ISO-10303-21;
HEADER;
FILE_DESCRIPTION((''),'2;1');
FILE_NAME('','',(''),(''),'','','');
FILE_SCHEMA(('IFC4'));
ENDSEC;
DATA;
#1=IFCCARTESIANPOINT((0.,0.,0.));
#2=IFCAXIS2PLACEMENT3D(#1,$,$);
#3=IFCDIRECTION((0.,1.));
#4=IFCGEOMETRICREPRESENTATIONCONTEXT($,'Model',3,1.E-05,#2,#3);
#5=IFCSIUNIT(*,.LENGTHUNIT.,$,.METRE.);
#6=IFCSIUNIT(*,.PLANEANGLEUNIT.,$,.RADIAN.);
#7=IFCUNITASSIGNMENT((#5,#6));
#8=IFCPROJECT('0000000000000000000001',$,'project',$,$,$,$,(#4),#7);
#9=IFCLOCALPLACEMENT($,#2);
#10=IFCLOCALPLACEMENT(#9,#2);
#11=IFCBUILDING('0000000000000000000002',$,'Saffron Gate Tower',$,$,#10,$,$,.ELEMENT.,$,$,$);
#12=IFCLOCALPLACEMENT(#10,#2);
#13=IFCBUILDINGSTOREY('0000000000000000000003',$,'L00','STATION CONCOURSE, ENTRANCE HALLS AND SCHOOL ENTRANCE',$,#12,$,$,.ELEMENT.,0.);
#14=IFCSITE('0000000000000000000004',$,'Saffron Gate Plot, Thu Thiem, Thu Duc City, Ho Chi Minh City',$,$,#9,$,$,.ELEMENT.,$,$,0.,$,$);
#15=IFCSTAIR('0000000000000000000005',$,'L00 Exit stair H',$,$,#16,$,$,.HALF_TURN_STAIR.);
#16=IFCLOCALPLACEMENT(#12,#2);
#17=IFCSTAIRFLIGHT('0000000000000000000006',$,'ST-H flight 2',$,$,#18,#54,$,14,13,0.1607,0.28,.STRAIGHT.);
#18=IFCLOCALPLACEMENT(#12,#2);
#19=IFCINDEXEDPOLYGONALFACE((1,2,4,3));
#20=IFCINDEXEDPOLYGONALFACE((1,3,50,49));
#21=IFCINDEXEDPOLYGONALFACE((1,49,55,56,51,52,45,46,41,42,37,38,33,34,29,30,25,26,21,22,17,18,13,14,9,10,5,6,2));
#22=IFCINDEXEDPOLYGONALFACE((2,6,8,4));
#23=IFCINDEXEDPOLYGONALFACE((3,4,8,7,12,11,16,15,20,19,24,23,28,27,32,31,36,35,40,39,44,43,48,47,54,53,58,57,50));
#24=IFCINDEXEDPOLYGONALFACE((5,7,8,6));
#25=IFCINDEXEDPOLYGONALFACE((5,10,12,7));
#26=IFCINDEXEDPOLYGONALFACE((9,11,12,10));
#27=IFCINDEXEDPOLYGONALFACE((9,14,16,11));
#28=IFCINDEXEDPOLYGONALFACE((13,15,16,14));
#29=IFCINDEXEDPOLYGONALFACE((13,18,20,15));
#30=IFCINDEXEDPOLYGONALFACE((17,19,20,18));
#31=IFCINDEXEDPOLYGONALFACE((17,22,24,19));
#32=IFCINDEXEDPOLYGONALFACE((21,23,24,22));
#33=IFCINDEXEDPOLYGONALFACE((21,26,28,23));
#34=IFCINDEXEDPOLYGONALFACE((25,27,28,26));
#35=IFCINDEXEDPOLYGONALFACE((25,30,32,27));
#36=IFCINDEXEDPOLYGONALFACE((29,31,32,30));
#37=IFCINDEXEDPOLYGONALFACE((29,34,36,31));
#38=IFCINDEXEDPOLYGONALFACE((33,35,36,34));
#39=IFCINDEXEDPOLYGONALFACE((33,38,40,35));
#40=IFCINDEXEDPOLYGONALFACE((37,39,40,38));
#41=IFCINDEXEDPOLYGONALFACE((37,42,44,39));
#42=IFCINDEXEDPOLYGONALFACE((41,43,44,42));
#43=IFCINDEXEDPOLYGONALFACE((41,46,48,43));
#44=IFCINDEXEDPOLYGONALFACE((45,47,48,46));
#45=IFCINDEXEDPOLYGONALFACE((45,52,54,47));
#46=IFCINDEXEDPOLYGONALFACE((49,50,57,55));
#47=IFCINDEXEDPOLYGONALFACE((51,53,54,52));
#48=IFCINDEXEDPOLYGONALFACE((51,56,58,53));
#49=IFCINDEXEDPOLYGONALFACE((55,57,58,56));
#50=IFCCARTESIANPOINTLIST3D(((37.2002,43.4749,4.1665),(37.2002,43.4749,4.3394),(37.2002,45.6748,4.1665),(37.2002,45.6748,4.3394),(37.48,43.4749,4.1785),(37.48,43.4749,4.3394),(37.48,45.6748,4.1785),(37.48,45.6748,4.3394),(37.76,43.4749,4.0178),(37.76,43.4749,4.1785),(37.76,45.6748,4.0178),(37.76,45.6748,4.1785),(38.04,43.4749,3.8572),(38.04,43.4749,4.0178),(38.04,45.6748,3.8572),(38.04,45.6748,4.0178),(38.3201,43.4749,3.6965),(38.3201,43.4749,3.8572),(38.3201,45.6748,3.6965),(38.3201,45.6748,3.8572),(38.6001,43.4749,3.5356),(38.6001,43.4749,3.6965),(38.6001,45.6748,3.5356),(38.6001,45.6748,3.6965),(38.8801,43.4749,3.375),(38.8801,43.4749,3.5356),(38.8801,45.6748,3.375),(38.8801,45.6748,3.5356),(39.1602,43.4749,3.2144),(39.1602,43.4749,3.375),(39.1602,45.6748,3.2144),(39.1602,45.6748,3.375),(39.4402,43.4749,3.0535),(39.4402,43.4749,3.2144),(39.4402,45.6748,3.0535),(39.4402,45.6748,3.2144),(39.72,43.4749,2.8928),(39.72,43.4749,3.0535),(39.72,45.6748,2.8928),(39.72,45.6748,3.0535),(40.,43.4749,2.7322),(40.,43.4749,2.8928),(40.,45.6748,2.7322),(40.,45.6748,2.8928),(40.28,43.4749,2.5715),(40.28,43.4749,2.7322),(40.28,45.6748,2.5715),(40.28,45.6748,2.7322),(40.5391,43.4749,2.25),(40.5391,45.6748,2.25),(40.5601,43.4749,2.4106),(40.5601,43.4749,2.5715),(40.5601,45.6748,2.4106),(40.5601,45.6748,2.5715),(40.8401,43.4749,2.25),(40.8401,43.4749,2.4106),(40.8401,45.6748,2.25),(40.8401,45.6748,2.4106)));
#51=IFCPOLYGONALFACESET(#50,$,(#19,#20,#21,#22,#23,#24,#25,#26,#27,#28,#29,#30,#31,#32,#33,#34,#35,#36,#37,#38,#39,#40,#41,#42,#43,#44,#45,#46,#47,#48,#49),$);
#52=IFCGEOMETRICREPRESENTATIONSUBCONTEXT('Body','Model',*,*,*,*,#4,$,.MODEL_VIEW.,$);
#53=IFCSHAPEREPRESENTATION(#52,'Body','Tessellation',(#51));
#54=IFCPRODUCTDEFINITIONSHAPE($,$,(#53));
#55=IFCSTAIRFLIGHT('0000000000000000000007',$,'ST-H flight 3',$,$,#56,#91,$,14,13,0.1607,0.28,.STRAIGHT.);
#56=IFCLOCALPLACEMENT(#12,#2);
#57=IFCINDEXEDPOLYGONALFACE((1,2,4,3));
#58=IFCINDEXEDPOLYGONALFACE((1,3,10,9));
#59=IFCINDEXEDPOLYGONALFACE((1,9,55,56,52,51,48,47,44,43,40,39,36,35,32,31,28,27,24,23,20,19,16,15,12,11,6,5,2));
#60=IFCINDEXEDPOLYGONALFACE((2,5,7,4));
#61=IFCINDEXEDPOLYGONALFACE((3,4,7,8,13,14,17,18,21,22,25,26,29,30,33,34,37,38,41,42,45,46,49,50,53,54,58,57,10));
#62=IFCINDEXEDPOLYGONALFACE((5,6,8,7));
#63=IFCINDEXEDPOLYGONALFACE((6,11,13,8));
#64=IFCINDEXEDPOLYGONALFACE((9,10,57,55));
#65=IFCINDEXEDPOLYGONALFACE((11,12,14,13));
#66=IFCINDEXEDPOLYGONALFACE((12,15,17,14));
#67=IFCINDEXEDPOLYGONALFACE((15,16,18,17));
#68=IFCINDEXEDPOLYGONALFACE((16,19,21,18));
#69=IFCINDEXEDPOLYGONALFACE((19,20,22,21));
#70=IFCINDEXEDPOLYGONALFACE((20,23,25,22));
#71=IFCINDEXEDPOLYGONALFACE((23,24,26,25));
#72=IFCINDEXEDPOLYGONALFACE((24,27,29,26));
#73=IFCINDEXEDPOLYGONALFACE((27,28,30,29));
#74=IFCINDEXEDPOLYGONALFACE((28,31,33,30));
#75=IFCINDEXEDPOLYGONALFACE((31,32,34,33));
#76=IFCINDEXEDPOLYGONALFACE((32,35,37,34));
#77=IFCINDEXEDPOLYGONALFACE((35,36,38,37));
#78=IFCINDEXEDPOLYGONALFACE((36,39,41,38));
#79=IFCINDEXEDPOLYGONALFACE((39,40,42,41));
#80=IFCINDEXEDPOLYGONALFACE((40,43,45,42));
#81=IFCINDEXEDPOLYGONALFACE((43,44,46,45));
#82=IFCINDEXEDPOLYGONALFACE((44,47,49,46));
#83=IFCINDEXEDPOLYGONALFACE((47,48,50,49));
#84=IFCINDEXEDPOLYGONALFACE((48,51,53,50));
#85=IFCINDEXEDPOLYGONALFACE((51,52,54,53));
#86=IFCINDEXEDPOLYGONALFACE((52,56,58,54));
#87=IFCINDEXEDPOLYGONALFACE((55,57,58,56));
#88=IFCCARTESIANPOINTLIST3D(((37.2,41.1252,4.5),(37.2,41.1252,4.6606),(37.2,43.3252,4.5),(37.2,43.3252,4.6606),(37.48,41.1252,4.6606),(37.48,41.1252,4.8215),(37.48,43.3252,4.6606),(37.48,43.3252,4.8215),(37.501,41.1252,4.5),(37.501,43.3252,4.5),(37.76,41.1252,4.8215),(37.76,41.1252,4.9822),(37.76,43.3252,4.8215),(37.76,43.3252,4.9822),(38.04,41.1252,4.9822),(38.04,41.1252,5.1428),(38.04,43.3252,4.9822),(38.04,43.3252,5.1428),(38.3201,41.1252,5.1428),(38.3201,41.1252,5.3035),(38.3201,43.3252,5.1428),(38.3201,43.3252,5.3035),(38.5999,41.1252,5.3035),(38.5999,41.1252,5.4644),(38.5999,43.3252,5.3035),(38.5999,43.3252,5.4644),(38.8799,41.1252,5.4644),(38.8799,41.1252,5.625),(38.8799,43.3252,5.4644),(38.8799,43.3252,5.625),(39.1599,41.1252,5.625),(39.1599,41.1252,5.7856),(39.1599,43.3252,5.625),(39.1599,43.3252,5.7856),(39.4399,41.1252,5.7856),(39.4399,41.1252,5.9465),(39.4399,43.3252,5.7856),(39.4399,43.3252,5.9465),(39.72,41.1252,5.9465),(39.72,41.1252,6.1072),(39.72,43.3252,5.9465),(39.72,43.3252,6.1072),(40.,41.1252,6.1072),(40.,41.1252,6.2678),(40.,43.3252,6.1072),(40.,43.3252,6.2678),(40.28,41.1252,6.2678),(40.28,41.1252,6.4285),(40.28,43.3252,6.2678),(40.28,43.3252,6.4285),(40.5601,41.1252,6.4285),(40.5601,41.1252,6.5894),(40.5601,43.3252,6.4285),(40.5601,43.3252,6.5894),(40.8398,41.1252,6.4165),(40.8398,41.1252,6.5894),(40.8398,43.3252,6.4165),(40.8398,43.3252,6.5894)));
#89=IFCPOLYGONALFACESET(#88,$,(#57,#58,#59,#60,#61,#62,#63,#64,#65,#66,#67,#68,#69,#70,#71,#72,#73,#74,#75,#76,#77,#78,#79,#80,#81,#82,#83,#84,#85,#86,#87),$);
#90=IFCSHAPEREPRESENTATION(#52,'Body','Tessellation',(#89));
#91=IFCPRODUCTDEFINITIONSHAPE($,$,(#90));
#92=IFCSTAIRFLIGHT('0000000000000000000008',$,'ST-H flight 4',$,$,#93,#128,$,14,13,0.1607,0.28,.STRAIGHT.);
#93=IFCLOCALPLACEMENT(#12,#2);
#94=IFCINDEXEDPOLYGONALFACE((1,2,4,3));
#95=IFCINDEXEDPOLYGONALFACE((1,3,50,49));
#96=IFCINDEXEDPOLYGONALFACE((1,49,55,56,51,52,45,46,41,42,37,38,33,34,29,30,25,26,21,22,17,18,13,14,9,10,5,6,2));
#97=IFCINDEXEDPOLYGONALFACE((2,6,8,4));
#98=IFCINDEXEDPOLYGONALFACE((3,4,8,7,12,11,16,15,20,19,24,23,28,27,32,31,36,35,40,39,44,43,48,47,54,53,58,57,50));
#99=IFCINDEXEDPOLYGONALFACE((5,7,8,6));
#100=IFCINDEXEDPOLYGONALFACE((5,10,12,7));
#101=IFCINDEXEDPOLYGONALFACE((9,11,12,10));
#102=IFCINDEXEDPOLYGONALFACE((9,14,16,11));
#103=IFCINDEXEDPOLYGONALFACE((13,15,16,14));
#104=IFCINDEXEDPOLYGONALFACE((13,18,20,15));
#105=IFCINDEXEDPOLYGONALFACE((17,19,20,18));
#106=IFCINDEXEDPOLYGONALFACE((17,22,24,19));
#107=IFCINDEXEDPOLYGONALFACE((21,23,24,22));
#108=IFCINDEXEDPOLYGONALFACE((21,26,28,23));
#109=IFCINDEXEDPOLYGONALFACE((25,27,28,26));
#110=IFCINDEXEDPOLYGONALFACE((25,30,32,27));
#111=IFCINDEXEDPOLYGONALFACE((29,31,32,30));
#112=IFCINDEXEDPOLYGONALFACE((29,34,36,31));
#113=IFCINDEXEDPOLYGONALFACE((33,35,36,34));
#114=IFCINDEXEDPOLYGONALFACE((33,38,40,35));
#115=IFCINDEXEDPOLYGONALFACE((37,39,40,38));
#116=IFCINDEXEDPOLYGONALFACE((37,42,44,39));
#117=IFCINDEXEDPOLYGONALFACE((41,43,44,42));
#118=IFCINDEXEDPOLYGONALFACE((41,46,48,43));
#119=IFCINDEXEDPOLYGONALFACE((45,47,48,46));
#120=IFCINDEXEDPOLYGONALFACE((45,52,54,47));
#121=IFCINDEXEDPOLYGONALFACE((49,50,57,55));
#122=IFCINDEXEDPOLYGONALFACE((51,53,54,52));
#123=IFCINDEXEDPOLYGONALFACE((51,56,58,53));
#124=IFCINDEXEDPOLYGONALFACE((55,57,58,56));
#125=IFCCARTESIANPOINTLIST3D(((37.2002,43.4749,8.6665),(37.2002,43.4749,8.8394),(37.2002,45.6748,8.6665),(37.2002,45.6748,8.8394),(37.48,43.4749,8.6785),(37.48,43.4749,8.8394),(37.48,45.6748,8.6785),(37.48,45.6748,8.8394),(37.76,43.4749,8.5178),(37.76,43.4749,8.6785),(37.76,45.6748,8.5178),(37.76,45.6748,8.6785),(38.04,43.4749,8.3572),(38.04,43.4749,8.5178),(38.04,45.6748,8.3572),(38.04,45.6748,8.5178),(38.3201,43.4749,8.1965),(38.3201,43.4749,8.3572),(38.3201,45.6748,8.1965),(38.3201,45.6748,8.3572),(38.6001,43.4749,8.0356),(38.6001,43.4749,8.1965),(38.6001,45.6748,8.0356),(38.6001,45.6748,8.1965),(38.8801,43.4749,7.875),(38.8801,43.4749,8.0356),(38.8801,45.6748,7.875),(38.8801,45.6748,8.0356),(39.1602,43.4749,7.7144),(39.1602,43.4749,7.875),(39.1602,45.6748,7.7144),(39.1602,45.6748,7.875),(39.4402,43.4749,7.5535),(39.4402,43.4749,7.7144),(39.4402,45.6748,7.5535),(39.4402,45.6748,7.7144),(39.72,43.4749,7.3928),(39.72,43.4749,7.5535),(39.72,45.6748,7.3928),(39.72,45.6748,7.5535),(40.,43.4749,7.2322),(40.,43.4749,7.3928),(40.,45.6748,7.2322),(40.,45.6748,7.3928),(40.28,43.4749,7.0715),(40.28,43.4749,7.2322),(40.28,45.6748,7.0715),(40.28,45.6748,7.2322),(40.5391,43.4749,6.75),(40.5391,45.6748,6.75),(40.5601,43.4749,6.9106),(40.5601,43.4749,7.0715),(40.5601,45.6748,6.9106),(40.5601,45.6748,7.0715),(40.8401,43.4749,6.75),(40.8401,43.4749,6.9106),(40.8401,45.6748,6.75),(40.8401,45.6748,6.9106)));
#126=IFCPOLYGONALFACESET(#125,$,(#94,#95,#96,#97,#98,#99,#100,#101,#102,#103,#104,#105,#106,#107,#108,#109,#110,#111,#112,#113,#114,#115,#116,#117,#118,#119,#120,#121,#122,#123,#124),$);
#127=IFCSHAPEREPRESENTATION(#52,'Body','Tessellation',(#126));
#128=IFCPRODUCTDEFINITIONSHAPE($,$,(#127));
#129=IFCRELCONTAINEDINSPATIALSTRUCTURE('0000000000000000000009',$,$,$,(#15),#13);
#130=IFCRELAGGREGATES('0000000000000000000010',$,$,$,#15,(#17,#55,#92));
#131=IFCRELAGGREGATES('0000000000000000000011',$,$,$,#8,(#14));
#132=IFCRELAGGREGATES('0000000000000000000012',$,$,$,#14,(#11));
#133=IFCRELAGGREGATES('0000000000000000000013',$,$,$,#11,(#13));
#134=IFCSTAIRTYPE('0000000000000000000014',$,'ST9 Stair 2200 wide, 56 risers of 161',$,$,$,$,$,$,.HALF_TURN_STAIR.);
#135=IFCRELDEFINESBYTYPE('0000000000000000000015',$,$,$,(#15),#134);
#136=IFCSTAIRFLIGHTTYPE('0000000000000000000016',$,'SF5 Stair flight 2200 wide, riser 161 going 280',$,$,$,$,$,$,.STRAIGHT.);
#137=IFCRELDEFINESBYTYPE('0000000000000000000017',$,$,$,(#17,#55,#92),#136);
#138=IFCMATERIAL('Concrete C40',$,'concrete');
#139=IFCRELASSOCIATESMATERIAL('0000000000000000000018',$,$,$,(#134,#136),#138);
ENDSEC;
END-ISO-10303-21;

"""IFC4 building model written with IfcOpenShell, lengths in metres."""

from ifc_helpers import new_model, si_unit, direction, frame, origin, place, context, subcontext, project, spatial, polyline, outline, extrude, material, type_object, element, aggregate, save


model = new_model("IFC4")

# Units and contexts
model_context = context("Model", 3, precision=1e-05, world=origin(), true_north=direction((0.0, 1.0)))
body_context = subcontext(model_context, "Body", "Model", "MODEL_VIEW")
ifc_project = project(units=[si_unit("LENGTHUNIT", "METRE"), si_unit("PLANEANGLEUNIT", "RADIAN")], contexts=[model_context])

# Site, building, storey
site_placement = place(None, origin())
site = spatial("IfcSite", under=ifc_project, at=site_placement, Name="Saffron Gate Plot, Thu Thiem, Thu Duc City, Ho Chi Minh City", CompositionType="ELEMENT", RefElevation=0.0)
building_placement = place(site_placement, origin())
building = spatial("IfcBuilding", under=site, at=building_placement, Name="Saffron Gate Tower", CompositionType="ELEMENT")
storey_placement = place(building_placement, origin())
storey = spatial("IfcBuildingStorey", under=building, at=storey_placement, Name="L00", Description="STATION CONCOURSE, ENTRANCE HALLS AND SCHOOL ENTRANCE", CompositionType="ELEMENT", Elevation=0.0)

# Stair, stair flights
ifc_material_1 = material(Name="Concrete C40", Category="concrete")
stair_type = type_object("IfcStairType", Name="ST9 Stair 2200 wide, 56 risers of 161", PredefinedType="HALF_TURN_STAIR", material=ifc_material_1)
stair_placement = place(storey_placement, origin())
stair = element("IfcStair", 1, at=stair_placement, inside=storey, type_object=stair_type, Name="L00 Exit stair H", PredefinedType="HALF_TURN_STAIR")
stair_flight_type = type_object("IfcStairFlightType", Name="SF5 Stair flight 2200 wide, riser 161 going 280", PredefinedType="STRAIGHT", material=ifc_material_1)
stair_flight_1_placement = place(storey_placement, frame((40.8401, 44.575, 2.25), z_axis=(0.0, 0.0, 1.0), x_axis=(-1.0, 0.0, 0.0)))
stair_flight_1 = element("IfcStairFlight", 2, at=stair_flight_1_placement, type_object=stair_flight_type, Name="ST-H flight 2", NumberOfRisers=14, NumberOfTreads=13, PredefinedType="STRAIGHT", RiserHeight=0.1607, TreadLength=0.28, context=body_context, shape_type="SweptSolid", body=[
    extrude(outline(polyline([(0.0, 0.0), (0.0, 0.1606), (0.28, 0.1606), (0.28, 0.3215), (0.5601, 0.3215), (0.5601, 0.4822), (0.8401, 0.4822), (0.8401, 0.6428), (1.1201, 0.6428), (1.1201, 0.8035), (1.3999, 0.8035), (1.3999, 0.9644), (1.6799, 0.9644), (1.6799, 1.125), (1.96, 1.125), (1.96, 1.2856), (2.24, 1.2856), (2.24, 1.4465), (2.52, 1.4465), (2.52, 1.6072), (2.8, 1.6072), (2.8, 1.7678), (3.0801, 1.7678), (3.0801, 1.9285), (3.3601, 1.9285), (3.3601, 2.0894), (3.6399, 2.0894), (3.6399, 2.25), (3.6399, 1.9165), (0.301, 0.0), (0.0, 0.0)])), frame((0.0, 1.1001, 0.0), z_axis=(0.0, -1.0, 0.0), x_axis=(1.0, 0.0, 0.0)), (0.0, 0.0, 1.0), 2.2),
])
stair_flight_2_placement = place(storey_placement, frame((37.2, 42.2251, 4.5), z_axis=(0.0, 0.0, 1.0), x_axis=(1.0, 0.0, 0.0)))
stair_flight_2 = element("IfcStairFlight", 3, at=stair_flight_2_placement, type_object=stair_flight_type, Name="ST-H flight 3", NumberOfRisers=14, NumberOfTreads=13, PredefinedType="STRAIGHT", RiserHeight=0.1607, TreadLength=0.28, context=body_context, shape_type="SweptSolid", body=[
    extrude(outline(polyline([(0.0, 0.0), (0.0, 0.1606), (0.28, 0.1606), (0.28, 0.3215), (0.5601, 0.3215), (0.5601, 0.4822), (0.8401, 0.4822), (0.8401, 0.6428), (1.1201, 0.6428), (1.1201, 0.8035), (1.3999, 0.8035), (1.3999, 0.9644), (1.6799, 0.9644), (1.6799, 1.125), (1.96, 1.125), (1.96, 1.2856), (2.24, 1.2856), (2.24, 1.4465), (2.52, 1.4465), (2.52, 1.6072), (2.8, 1.6072), (2.8, 1.7678), (3.0801, 1.7678), (3.0801, 1.9285), (3.3601, 1.9285), (3.3601, 2.0894), (3.6399, 2.0894), (3.6399, 2.25), (3.6399, 1.9165), (0.301, 0.0), (0.0, 0.0)])), frame((0.0, 1.1001, 0.0), z_axis=(0.0, -1.0, 0.0), x_axis=(1.0, 0.0, 0.0)), (0.0, 0.0, 1.0), 2.2),
])
stair_flight_3_placement = place(storey_placement, frame((40.8401, 44.575, 6.75), z_axis=(0.0, 0.0, 1.0), x_axis=(-1.0, 0.0, 0.0)))
stair_flight_3 = element("IfcStairFlight", 4, at=stair_flight_3_placement, type_object=stair_flight_type, Name="ST-H flight 4", NumberOfRisers=14, NumberOfTreads=13, PredefinedType="STRAIGHT", RiserHeight=0.1607, TreadLength=0.28, context=body_context, shape_type="SweptSolid", body=[
    extrude(outline(polyline([(0.0, 0.0), (0.0, 0.1606), (0.28, 0.1606), (0.28, 0.3215), (0.5601, 0.3215), (0.5601, 0.4822), (0.8401, 0.4822), (0.8401, 0.6428), (1.1201, 0.6428), (1.1201, 0.8035), (1.3999, 0.8035), (1.3999, 0.9644), (1.6799, 0.9644), (1.6799, 1.125), (1.96, 1.125), (1.96, 1.2856), (2.24, 1.2856), (2.24, 1.4465), (2.52, 1.4465), (2.52, 1.6072), (2.8, 1.6072), (2.8, 1.7678), (3.0801, 1.7678), (3.0801, 1.9285), (3.3601, 1.9285), (3.3601, 2.0894), (3.6399, 2.0894), (3.6399, 2.25), (3.6399, 1.9165), (0.301, 0.0), (0.0, 0.0)])), frame((0.0, 1.1001, 0.0), z_axis=(0.0, -1.0, 0.0), x_axis=(1.0, 0.0, 0.0)), (0.0, 0.0, 1.0), 2.2),
])
aggregate(stair, [stair_flight_1, stair_flight_2, stair_flight_3])

save(model, "model.ifc")
